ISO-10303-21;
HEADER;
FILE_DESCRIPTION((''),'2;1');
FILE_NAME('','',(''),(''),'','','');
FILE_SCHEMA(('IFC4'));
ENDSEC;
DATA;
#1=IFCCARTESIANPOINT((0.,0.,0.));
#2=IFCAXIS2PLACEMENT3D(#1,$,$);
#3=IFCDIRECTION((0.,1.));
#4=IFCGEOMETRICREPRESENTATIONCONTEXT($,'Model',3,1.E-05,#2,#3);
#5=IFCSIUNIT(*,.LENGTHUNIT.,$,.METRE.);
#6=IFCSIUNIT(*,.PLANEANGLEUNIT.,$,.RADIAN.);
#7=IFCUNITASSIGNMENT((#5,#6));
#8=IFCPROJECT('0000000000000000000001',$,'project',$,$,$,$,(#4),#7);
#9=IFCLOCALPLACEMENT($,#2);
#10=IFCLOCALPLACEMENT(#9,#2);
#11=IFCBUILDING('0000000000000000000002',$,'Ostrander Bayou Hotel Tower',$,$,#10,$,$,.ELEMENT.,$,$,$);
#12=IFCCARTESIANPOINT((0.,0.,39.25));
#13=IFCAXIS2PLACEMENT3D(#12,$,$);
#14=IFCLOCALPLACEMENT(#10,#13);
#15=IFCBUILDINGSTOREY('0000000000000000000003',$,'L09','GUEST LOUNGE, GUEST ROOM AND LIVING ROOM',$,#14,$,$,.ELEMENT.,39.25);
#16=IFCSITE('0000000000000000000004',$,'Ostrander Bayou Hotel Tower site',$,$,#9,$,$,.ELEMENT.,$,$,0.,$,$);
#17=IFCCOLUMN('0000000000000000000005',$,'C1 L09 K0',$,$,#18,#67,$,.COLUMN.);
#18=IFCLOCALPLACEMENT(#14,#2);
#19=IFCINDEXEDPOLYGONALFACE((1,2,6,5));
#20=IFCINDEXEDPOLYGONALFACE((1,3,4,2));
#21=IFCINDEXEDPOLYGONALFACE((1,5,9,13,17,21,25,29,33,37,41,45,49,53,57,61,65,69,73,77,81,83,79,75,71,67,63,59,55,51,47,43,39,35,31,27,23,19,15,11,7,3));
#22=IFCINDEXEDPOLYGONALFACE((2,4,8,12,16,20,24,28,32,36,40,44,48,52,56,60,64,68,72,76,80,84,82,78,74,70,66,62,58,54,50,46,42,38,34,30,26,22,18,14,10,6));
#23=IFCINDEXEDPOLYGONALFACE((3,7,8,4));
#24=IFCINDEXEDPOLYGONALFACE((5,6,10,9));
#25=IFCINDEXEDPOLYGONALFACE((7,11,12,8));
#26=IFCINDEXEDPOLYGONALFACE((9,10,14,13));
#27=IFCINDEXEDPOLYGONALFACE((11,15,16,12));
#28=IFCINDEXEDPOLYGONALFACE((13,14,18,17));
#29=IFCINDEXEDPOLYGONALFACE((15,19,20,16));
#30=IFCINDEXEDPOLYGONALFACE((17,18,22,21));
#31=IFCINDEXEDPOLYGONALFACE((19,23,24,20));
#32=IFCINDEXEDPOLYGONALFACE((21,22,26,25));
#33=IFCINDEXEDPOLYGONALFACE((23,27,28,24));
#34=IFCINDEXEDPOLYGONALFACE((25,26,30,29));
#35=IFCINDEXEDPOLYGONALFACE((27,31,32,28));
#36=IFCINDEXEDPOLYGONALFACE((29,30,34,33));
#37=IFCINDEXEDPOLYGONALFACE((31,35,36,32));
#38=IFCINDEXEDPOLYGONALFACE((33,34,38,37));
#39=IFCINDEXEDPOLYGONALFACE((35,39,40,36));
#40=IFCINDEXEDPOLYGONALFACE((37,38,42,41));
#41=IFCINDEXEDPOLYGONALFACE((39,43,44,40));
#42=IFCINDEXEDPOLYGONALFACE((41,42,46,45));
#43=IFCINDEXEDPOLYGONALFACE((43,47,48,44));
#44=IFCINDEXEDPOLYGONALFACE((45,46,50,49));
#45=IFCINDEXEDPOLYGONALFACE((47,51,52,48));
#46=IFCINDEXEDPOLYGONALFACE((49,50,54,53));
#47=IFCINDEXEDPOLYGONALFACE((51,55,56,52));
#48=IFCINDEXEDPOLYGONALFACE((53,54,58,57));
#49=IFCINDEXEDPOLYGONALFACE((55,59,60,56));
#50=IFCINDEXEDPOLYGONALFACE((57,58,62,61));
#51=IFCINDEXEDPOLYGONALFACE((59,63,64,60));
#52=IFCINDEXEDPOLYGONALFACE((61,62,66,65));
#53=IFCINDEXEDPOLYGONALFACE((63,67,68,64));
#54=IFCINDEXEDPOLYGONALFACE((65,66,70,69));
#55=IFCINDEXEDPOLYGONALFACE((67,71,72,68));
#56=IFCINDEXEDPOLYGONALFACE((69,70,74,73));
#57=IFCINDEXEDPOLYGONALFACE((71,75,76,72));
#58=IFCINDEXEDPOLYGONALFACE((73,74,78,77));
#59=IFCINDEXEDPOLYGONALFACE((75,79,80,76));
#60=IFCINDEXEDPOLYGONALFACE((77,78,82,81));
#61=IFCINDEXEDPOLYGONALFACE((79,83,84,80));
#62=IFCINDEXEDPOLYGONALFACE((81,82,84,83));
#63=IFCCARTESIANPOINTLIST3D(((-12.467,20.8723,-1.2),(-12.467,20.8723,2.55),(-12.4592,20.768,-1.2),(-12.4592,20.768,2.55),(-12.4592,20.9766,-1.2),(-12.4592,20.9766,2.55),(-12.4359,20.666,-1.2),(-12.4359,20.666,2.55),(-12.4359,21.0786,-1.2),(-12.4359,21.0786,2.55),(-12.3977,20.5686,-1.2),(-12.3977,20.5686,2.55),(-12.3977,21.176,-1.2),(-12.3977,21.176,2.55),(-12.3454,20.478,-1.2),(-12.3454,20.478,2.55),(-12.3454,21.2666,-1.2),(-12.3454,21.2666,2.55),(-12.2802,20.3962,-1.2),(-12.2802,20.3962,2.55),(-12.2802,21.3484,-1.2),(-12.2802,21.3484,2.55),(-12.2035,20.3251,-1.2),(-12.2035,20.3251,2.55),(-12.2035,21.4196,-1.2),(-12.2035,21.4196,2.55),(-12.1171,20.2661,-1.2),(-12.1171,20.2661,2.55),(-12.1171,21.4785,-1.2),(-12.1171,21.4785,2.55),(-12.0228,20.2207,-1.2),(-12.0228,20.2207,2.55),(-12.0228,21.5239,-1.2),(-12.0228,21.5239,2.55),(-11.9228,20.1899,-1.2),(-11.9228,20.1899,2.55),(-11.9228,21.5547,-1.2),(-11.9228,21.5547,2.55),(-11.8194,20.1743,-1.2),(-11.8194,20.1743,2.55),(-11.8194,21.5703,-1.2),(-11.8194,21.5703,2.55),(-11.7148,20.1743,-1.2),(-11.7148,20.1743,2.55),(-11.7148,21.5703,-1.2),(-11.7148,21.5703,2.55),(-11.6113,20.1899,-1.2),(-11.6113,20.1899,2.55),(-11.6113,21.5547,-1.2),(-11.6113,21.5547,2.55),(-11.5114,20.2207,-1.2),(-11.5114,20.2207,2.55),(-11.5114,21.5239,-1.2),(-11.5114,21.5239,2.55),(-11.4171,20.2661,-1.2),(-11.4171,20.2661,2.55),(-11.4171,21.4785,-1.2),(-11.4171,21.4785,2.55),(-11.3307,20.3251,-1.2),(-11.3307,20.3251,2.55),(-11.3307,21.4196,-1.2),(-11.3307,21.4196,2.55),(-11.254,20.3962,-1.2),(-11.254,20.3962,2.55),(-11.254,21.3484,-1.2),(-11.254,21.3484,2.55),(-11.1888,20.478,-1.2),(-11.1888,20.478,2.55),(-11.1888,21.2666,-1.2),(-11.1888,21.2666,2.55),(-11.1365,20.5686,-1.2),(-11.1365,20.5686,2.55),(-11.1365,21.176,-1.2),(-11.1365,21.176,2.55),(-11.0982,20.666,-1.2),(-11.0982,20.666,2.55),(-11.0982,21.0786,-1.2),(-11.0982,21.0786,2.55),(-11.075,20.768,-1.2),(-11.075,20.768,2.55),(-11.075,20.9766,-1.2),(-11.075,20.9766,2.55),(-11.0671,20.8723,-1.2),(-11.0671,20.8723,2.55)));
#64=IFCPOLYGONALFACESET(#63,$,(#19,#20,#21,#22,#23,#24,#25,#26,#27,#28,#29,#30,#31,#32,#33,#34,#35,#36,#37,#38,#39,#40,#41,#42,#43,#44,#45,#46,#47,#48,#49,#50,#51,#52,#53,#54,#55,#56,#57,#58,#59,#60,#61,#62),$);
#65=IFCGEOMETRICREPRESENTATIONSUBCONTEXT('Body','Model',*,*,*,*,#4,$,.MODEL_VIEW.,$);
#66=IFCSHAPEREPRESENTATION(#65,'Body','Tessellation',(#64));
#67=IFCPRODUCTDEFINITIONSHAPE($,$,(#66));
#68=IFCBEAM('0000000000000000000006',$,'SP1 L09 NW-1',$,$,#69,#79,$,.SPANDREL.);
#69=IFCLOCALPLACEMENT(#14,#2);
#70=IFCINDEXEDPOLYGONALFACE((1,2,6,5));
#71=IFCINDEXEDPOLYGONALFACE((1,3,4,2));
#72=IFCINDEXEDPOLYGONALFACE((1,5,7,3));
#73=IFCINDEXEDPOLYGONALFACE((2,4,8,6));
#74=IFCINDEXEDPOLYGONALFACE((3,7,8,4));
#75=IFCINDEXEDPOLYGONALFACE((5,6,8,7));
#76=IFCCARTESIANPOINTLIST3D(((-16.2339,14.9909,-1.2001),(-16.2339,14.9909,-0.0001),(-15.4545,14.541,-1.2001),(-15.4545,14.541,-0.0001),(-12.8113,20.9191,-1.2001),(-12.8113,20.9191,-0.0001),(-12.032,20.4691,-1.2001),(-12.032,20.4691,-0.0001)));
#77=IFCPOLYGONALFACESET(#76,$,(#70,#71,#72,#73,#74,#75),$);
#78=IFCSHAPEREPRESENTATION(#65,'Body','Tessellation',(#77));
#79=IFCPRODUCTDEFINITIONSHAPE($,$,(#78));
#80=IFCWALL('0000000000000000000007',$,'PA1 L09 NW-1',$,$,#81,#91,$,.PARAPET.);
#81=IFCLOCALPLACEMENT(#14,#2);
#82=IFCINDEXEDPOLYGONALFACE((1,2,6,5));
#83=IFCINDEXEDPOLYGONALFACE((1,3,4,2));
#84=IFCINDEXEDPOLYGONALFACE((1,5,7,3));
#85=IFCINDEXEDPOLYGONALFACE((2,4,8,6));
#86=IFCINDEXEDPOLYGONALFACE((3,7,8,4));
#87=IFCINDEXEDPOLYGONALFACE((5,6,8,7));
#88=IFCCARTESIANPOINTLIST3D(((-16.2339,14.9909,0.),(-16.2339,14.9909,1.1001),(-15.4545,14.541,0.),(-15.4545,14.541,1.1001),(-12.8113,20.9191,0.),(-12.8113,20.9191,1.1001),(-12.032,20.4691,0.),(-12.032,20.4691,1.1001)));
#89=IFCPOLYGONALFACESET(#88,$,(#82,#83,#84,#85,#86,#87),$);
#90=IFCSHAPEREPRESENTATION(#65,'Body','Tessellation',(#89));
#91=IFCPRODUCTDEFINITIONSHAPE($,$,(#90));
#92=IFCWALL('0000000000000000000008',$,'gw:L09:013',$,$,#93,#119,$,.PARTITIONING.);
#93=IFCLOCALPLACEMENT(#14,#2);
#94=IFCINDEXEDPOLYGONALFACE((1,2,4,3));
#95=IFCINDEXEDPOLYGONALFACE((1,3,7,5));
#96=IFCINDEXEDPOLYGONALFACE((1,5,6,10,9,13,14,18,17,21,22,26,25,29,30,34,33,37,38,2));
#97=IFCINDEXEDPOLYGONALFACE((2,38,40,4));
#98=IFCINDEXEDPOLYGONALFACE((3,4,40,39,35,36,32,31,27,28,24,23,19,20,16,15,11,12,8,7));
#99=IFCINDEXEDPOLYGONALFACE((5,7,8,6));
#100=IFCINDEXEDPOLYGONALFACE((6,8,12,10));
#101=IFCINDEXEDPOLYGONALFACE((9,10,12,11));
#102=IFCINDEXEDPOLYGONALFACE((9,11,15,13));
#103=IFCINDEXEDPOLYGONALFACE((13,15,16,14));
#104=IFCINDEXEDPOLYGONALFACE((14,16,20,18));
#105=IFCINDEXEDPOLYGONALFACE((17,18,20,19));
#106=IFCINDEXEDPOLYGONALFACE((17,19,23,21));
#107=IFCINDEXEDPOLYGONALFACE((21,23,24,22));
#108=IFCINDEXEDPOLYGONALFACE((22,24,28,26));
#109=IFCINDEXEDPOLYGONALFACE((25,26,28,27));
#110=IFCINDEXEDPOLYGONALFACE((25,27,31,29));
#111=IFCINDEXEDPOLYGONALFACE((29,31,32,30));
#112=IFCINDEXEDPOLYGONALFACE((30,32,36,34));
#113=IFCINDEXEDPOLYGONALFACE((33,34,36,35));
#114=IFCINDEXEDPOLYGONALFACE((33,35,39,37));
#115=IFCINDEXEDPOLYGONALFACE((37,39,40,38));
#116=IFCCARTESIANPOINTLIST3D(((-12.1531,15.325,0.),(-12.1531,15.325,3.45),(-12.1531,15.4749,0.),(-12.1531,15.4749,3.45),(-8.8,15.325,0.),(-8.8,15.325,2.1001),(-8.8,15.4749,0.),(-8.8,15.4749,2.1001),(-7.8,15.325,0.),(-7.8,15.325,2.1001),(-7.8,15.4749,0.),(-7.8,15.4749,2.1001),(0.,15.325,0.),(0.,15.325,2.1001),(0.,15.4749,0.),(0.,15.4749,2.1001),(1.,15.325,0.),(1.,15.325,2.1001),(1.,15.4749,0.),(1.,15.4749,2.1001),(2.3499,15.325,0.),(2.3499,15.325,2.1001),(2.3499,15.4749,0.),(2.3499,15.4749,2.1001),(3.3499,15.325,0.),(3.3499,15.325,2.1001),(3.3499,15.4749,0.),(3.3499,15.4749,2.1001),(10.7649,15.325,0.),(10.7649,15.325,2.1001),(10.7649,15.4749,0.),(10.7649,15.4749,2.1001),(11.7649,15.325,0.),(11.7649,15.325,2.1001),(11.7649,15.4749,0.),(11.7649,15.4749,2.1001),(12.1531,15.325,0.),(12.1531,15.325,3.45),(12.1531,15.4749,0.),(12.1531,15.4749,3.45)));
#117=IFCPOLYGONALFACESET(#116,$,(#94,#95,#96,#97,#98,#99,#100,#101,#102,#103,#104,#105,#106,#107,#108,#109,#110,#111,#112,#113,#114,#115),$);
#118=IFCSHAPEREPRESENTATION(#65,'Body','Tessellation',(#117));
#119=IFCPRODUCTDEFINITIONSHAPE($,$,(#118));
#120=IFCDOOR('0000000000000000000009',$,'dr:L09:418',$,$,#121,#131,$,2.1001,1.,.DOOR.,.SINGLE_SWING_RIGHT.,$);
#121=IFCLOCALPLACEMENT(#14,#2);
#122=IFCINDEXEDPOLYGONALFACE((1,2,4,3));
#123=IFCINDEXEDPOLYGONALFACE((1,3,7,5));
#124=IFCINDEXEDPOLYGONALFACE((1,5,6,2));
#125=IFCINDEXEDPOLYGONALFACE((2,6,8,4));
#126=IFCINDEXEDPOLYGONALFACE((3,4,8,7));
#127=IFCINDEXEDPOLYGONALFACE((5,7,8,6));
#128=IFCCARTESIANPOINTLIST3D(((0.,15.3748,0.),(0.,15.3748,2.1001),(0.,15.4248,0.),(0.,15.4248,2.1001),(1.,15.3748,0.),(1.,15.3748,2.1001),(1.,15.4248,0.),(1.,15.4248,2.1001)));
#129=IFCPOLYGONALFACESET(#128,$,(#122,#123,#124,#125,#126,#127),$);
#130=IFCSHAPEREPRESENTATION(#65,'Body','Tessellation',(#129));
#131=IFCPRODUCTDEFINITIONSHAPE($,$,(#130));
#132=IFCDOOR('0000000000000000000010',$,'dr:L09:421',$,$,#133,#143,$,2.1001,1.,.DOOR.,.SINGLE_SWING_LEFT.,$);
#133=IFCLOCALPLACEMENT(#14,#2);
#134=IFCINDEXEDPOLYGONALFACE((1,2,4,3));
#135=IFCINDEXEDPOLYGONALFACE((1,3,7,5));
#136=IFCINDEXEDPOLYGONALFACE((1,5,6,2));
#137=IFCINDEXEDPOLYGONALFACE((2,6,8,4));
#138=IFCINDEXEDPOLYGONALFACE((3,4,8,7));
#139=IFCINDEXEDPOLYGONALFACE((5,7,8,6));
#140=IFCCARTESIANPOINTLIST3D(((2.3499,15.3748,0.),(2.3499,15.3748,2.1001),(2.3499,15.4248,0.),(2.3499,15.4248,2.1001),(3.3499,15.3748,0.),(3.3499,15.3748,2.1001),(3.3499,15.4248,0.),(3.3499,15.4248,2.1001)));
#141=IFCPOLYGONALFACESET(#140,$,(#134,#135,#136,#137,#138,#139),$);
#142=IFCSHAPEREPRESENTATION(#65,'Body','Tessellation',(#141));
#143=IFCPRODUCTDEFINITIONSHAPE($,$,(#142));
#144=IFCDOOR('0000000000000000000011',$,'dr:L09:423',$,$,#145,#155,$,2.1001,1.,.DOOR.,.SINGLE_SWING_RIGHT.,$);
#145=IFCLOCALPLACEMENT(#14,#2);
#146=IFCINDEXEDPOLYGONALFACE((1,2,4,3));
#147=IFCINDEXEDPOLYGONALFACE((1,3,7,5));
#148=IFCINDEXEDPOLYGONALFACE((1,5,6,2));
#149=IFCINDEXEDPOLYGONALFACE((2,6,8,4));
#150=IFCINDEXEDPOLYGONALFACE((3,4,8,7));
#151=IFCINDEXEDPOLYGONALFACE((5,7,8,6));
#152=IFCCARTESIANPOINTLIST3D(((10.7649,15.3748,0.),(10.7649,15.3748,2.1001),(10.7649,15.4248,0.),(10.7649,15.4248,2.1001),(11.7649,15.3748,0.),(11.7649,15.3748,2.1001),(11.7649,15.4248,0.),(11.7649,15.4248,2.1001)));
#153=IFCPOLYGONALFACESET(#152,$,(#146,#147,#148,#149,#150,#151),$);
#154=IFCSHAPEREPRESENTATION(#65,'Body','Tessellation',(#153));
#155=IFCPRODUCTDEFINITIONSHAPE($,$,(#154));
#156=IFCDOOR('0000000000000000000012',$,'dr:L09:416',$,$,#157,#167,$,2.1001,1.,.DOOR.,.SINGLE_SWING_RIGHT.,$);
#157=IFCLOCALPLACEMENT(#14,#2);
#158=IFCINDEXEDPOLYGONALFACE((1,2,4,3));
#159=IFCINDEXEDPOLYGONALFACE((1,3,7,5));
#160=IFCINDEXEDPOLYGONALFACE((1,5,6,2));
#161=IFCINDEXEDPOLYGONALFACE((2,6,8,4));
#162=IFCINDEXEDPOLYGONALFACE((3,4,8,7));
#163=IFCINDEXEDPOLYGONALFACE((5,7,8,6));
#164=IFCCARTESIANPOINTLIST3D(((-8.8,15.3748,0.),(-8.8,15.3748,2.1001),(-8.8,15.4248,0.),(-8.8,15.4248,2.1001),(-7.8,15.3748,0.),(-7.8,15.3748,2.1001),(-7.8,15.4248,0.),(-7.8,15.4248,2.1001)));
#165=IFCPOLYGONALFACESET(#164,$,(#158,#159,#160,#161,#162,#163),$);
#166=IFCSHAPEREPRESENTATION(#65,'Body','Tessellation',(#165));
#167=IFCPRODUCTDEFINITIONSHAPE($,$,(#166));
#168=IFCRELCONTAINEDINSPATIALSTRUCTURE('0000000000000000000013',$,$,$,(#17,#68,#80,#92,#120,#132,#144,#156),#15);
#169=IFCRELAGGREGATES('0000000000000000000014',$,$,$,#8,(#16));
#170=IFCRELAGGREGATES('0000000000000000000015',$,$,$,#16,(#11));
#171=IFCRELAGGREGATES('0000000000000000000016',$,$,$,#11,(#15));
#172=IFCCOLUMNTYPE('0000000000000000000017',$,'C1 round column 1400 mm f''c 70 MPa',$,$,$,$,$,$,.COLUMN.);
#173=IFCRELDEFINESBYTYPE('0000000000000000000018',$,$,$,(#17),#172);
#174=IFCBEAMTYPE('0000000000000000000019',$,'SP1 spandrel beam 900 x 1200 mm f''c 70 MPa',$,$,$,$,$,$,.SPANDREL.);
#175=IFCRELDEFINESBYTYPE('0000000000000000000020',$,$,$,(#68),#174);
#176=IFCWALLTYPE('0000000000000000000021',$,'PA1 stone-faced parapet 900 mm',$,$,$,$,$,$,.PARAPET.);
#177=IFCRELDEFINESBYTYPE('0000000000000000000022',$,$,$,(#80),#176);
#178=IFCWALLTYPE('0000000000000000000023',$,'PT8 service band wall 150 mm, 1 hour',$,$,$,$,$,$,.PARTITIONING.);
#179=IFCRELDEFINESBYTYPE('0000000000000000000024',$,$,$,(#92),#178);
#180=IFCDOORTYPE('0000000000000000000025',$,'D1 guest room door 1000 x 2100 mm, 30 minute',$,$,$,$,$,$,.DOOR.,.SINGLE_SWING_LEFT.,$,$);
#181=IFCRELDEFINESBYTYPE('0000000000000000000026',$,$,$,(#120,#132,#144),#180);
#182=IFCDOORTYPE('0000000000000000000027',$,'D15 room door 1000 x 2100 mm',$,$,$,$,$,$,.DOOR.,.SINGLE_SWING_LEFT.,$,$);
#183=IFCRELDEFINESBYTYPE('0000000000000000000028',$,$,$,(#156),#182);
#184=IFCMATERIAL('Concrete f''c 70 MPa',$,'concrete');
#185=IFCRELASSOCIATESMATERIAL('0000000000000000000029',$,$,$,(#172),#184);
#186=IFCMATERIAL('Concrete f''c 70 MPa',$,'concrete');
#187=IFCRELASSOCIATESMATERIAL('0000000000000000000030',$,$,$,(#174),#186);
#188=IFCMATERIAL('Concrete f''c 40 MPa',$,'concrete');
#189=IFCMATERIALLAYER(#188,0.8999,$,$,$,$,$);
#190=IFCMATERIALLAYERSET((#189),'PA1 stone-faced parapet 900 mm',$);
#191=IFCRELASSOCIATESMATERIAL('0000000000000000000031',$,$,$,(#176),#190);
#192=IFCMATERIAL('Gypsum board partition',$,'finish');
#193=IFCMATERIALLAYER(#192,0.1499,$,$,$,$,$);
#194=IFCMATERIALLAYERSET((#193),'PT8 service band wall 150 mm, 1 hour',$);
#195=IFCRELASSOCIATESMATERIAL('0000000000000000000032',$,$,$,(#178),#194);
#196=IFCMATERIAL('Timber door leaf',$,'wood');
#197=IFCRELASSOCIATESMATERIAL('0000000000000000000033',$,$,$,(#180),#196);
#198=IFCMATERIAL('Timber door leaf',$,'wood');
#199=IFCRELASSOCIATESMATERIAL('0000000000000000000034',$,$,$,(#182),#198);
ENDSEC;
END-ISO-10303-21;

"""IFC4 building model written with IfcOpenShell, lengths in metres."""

from ifc_helpers import new_model, si_unit, direction, frame, frame_2d, origin, origin_2d, place, context, subcontext, project, spatial, rectangle, circle, extrude, material, layer, layer_set, material_profile, profile_set, type_object, element, fill, save


model = new_model("IFC4")

# Units and contexts
model_context = context("Model", 3, precision=1e-05, world=origin(), true_north=direction((0.0, 1.0)))
body_context = subcontext(model_context, "Body", "Model", "MODEL_VIEW")
ifc_project = project(units=[si_unit("LENGTHUNIT", "METRE"), si_unit("PLANEANGLEUNIT", "RADIAN")], contexts=[model_context])

# Site, building, storey
site_placement = place(None, origin())
site = spatial("IfcSite", under=ifc_project, at=site_placement, Name="Ostrander Bayou Hotel Tower site", CompositionType="ELEMENT", RefElevation=0.0)
building_placement = place(site_placement, origin())
building = spatial("IfcBuilding", under=site, at=building_placement, Name="Ostrander Bayou Hotel Tower", CompositionType="ELEMENT")
storey_placement = place(building_placement, frame((0.0, 0.0, 39.25)))
storey = spatial("IfcBuildingStorey", under=building, at=storey_placement, Name="L09", Description="GUEST LOUNGE, GUEST ROOM AND LIVING ROOM", CompositionType="ELEMENT", Elevation=39.25)

# Column
ifc_material_1 = material(Name="Concrete f'c 70 MPa", Category="concrete")
ifc_material_profile_1 = material_profile(ifc_material_1, circle(Radius=0.7, at=origin_2d()))
ifc_profile_set_1 = profile_set([ifc_material_profile_1], Name="Concrete f'c 70 MPa")
column_type = type_object("IfcColumnType", Name="C1 round column 1400 mm f'c 70 MPa", PredefinedType="COLUMN", material=ifc_profile_set_1)
column_placement = place(storey_placement, frame((-11.7671, 20.8723, -1.2), z_axis=(0.0, 0.0, 1.0), x_axis=(1.0, 0.0, 0.0)))
element("IfcColumn", 1, at=column_placement, inside=storey, type_object=column_type, Name="C1 L09 K0", PredefinedType="COLUMN", context=body_context, shape_type="SweptSolid", body=[
    extrude(circle(Radius=0.7, at=origin_2d()), origin(), (0.0, 0.0, 1.0), 3.75),
])

# Beam
ifc_material_2 = material(Name="Concrete f'c 70 MPa", Category="concrete")
ifc_material_profile_2 = material_profile(ifc_material_2, rectangle(XDim=0.8999, YDim=1.2, at=origin_2d()))
ifc_profile_set_2 = profile_set([ifc_material_profile_2], Name="Concrete f'c 70 MPa")
beam_type = type_object("IfcBeamType", Name="SP1 spandrel beam 900 x 1200 mm f'c 70 MPa", PredefinedType="SPANDREL", material=ifc_profile_set_2)
beam_placement = place(storey_placement, frame((-12.4216, 20.6941, -0.6001), z_axis=(-0.499994, -0.866029, 0.0), x_axis=(0.866029, -0.499994, 0.0)))
element("IfcBeam", 2, at=beam_placement, inside=storey, type_object=beam_type, Name="SP1 L09 NW-1", PredefinedType="SPANDREL", context=body_context, shape_type="SweptSolid", body=[
    extrude(rectangle(XDim=0.8999, YDim=1.2, at=origin_2d()), origin(), (0.0, 0.0, 1.0), 6.8452),
])

# Wall
ifc_material_3 = material(Name="Concrete f'c 40 MPa", Category="concrete")
ifc_layer_1 = layer(ifc_material_3, 0.8999)
ifc_layer_set_1 = layer_set([ifc_layer_1], Name="PA1 stone-faced parapet 900 mm")
wall_type_1 = type_object("IfcWallType", Name="PA1 stone-faced parapet 900 mm", PredefinedType="PARAPET", material=ifc_layer_set_1)
wall_1_placement = place(storey_placement, frame((-12.4216, 20.6941, 0.0), z_axis=(0.0, 0.0, 1.0), x_axis=(-0.499994, -0.866029, 0.0)))
element("IfcWall", 3, at=wall_1_placement, inside=storey, type_object=wall_type_1, Name="PA1 L09 NW-1", PredefinedType="PARAPET", context=body_context, shape_type="SweptSolid", body=[
    extrude(rectangle(XDim=6.8452, YDim=0.8999, at=frame_2d((3.4226, 0.0))), origin(), (0.0, 0.0, 1.0), 1.1001),
])

# Wall, openings, doors
ifc_material_4 = material(Name="Gypsum board partition", Category="finish")
ifc_layer_2 = layer(ifc_material_4, 0.1499)
ifc_layer_set_2 = layer_set([ifc_layer_2], Name="PT8 service band wall 150 mm, 1 hour")
wall_type_2 = type_object("IfcWallType", Name="PT8 service band wall 150 mm, 1 hour", PredefinedType="PARTITIONING", material=ifc_layer_set_2)
wall_2_placement = place(storey_placement, frame((-12.1531, 15.3999, 0.0), z_axis=(0.0, 0.0, 1.0), x_axis=(1.0, 0.0, 0.0)))
wall_2 = element("IfcWall", 4, at=wall_2_placement, inside=storey, type_object=wall_type_2, Name="gw:L09:013", PredefinedType="PARTITIONING", context=body_context, shape_type="SweptSolid", body=[
    extrude(rectangle(XDim=24.3062, YDim=0.1499, at=frame_2d((12.1531, 0.0))), origin(), (0.0, 0.0, 1.0), 3.45),
])
opening_1_placement = place(wall_2_placement, frame((3.353, 0.0, 0.0)))
opening_1 = element("IfcOpeningElement", 5, at=opening_1_placement, cuts=wall_2, PredefinedType="OPENING", context=body_context, shape_type="SweptSolid", body=[
    extrude(rectangle(XDim=1.0, YDim=2.1001, at=frame_2d((0.5, 1.05))), frame((0.0, 0.075, 0.0), z_axis=(0.0, -1.0, 0.0), x_axis=(1.0, 0.0, 0.0)), (0.0, 0.0, 1.0), 0.1499),
])
opening_2_placement = place(wall_2_placement, frame((12.1531, 0.0, 0.0)))
opening_2 = element("IfcOpeningElement", 6, at=opening_2_placement, cuts=wall_2, PredefinedType="OPENING", context=body_context, shape_type="SweptSolid", body=[
    extrude(rectangle(XDim=1.0, YDim=2.1001, at=frame_2d((0.5, 1.05))), frame((0.0, 0.075, 0.0), z_axis=(0.0, -1.0, 0.0), x_axis=(1.0, 0.0, 0.0)), (0.0, 0.0, 1.0), 0.1499),
])
opening_3_placement = place(wall_2_placement, frame((14.5029, 0.0, 0.0)))
opening_3 = element("IfcOpeningElement", 7, at=opening_3_placement, cuts=wall_2, PredefinedType="OPENING", context=body_context, shape_type="SweptSolid", body=[
    extrude(rectangle(XDim=1.0, YDim=2.1001, at=frame_2d((0.5, 1.05))), frame((0.0, 0.075, 0.0), z_axis=(0.0, -1.0, 0.0), x_axis=(1.0, 0.0, 0.0)), (0.0, 0.0, 1.0), 0.1499),
])
opening_4_placement = place(wall_2_placement, frame((22.918, 0.0, 0.0)))
opening_4 = element("IfcOpeningElement", 8, at=opening_4_placement, cuts=wall_2, PredefinedType="OPENING", context=body_context, shape_type="SweptSolid", body=[
    extrude(rectangle(XDim=1.0, YDim=2.1001, at=frame_2d((0.5, 1.05))), frame((0.0, 0.075, 0.0), z_axis=(0.0, -1.0, 0.0), x_axis=(1.0, 0.0, 0.0)), (0.0, 0.0, 1.0), 0.1499),
])
ifc_material_5 = material(Name="Timber door leaf", Category="wood")
door_type_1 = type_object("IfcDoorType", Name="D1 guest room door 1000 x 2100 mm, 30 minute", OperationType="SINGLE_SWING_LEFT", PredefinedType="DOOR", material=ifc_material_5)
door_1_placement = place(opening_2_placement, origin())
door_1 = element("IfcDoor", 9, at=door_1_placement, inside=storey, type_object=door_type_1, Name="dr:L09:418", OperationType="SINGLE_SWING_RIGHT", OverallHeight=2.1001, OverallWidth=1.0, PredefinedType="DOOR", context=body_context, shape_type="SweptSolid", body=[
    extrude(rectangle(XDim=1.0, YDim=2.1001, at=frame_2d((0.5, 1.05))), frame((0.0, 0.0249, 0.0), z_axis=(0.0, -1.0, 0.0), x_axis=(1.0, 0.0, 0.0)), (0.0, 0.0, 1.0), 0.05),
])
fill(opening_2, door_1)
door_2_placement = place(opening_3_placement, origin())
door_2 = element("IfcDoor", 10, at=door_2_placement, inside=storey, type_object=door_type_1, Name="dr:L09:421", OperationType="SINGLE_SWING_LEFT", OverallHeight=2.1001, OverallWidth=1.0, PredefinedType="DOOR", context=body_context, shape_type="SweptSolid", body=[
    extrude(rectangle(XDim=1.0, YDim=2.1001, at=frame_2d((0.5, 1.05))), frame((0.0, 0.0249, 0.0), z_axis=(0.0, -1.0, 0.0), x_axis=(1.0, 0.0, 0.0)), (0.0, 0.0, 1.0), 0.05),
])
fill(opening_3, door_2)
door_3_placement = place(opening_4_placement, origin())
door_3 = element("IfcDoor", 11, at=door_3_placement, inside=storey, type_object=door_type_1, Name="dr:L09:423", OperationType="SINGLE_SWING_RIGHT", OverallHeight=2.1001, OverallWidth=1.0, PredefinedType="DOOR", context=body_context, shape_type="SweptSolid", body=[
    extrude(rectangle(XDim=1.0, YDim=2.1001, at=frame_2d((0.5, 1.05))), frame((0.0, 0.0249, 0.0), z_axis=(0.0, -1.0, 0.0), x_axis=(1.0, 0.0, 0.0)), (0.0, 0.0, 1.0), 0.05),
])
fill(opening_4, door_3)
ifc_material_6 = material(Name="Timber door leaf", Category="wood")
door_type_2 = type_object("IfcDoorType", Name="D15 room door 1000 x 2100 mm", OperationType="SINGLE_SWING_LEFT", PredefinedType="DOOR", material=ifc_material_6)
door_4_placement = place(opening_1_placement, origin())
door_4 = element("IfcDoor", 12, at=door_4_placement, inside=storey, type_object=door_type_2, Name="dr:L09:416", OperationType="SINGLE_SWING_RIGHT", OverallHeight=2.1001, OverallWidth=1.0, PredefinedType="DOOR", context=body_context, shape_type="SweptSolid", body=[
    extrude(rectangle(XDim=1.0, YDim=2.1001, at=frame_2d((0.5, 1.05))), frame((0.0, 0.0249, 0.0), z_axis=(0.0, -1.0, 0.0), x_axis=(1.0, 0.0, 0.0)), (0.0, 0.0, 1.0), 0.05),
])
fill(opening_1, door_4)

save(model, "model.ifc")
